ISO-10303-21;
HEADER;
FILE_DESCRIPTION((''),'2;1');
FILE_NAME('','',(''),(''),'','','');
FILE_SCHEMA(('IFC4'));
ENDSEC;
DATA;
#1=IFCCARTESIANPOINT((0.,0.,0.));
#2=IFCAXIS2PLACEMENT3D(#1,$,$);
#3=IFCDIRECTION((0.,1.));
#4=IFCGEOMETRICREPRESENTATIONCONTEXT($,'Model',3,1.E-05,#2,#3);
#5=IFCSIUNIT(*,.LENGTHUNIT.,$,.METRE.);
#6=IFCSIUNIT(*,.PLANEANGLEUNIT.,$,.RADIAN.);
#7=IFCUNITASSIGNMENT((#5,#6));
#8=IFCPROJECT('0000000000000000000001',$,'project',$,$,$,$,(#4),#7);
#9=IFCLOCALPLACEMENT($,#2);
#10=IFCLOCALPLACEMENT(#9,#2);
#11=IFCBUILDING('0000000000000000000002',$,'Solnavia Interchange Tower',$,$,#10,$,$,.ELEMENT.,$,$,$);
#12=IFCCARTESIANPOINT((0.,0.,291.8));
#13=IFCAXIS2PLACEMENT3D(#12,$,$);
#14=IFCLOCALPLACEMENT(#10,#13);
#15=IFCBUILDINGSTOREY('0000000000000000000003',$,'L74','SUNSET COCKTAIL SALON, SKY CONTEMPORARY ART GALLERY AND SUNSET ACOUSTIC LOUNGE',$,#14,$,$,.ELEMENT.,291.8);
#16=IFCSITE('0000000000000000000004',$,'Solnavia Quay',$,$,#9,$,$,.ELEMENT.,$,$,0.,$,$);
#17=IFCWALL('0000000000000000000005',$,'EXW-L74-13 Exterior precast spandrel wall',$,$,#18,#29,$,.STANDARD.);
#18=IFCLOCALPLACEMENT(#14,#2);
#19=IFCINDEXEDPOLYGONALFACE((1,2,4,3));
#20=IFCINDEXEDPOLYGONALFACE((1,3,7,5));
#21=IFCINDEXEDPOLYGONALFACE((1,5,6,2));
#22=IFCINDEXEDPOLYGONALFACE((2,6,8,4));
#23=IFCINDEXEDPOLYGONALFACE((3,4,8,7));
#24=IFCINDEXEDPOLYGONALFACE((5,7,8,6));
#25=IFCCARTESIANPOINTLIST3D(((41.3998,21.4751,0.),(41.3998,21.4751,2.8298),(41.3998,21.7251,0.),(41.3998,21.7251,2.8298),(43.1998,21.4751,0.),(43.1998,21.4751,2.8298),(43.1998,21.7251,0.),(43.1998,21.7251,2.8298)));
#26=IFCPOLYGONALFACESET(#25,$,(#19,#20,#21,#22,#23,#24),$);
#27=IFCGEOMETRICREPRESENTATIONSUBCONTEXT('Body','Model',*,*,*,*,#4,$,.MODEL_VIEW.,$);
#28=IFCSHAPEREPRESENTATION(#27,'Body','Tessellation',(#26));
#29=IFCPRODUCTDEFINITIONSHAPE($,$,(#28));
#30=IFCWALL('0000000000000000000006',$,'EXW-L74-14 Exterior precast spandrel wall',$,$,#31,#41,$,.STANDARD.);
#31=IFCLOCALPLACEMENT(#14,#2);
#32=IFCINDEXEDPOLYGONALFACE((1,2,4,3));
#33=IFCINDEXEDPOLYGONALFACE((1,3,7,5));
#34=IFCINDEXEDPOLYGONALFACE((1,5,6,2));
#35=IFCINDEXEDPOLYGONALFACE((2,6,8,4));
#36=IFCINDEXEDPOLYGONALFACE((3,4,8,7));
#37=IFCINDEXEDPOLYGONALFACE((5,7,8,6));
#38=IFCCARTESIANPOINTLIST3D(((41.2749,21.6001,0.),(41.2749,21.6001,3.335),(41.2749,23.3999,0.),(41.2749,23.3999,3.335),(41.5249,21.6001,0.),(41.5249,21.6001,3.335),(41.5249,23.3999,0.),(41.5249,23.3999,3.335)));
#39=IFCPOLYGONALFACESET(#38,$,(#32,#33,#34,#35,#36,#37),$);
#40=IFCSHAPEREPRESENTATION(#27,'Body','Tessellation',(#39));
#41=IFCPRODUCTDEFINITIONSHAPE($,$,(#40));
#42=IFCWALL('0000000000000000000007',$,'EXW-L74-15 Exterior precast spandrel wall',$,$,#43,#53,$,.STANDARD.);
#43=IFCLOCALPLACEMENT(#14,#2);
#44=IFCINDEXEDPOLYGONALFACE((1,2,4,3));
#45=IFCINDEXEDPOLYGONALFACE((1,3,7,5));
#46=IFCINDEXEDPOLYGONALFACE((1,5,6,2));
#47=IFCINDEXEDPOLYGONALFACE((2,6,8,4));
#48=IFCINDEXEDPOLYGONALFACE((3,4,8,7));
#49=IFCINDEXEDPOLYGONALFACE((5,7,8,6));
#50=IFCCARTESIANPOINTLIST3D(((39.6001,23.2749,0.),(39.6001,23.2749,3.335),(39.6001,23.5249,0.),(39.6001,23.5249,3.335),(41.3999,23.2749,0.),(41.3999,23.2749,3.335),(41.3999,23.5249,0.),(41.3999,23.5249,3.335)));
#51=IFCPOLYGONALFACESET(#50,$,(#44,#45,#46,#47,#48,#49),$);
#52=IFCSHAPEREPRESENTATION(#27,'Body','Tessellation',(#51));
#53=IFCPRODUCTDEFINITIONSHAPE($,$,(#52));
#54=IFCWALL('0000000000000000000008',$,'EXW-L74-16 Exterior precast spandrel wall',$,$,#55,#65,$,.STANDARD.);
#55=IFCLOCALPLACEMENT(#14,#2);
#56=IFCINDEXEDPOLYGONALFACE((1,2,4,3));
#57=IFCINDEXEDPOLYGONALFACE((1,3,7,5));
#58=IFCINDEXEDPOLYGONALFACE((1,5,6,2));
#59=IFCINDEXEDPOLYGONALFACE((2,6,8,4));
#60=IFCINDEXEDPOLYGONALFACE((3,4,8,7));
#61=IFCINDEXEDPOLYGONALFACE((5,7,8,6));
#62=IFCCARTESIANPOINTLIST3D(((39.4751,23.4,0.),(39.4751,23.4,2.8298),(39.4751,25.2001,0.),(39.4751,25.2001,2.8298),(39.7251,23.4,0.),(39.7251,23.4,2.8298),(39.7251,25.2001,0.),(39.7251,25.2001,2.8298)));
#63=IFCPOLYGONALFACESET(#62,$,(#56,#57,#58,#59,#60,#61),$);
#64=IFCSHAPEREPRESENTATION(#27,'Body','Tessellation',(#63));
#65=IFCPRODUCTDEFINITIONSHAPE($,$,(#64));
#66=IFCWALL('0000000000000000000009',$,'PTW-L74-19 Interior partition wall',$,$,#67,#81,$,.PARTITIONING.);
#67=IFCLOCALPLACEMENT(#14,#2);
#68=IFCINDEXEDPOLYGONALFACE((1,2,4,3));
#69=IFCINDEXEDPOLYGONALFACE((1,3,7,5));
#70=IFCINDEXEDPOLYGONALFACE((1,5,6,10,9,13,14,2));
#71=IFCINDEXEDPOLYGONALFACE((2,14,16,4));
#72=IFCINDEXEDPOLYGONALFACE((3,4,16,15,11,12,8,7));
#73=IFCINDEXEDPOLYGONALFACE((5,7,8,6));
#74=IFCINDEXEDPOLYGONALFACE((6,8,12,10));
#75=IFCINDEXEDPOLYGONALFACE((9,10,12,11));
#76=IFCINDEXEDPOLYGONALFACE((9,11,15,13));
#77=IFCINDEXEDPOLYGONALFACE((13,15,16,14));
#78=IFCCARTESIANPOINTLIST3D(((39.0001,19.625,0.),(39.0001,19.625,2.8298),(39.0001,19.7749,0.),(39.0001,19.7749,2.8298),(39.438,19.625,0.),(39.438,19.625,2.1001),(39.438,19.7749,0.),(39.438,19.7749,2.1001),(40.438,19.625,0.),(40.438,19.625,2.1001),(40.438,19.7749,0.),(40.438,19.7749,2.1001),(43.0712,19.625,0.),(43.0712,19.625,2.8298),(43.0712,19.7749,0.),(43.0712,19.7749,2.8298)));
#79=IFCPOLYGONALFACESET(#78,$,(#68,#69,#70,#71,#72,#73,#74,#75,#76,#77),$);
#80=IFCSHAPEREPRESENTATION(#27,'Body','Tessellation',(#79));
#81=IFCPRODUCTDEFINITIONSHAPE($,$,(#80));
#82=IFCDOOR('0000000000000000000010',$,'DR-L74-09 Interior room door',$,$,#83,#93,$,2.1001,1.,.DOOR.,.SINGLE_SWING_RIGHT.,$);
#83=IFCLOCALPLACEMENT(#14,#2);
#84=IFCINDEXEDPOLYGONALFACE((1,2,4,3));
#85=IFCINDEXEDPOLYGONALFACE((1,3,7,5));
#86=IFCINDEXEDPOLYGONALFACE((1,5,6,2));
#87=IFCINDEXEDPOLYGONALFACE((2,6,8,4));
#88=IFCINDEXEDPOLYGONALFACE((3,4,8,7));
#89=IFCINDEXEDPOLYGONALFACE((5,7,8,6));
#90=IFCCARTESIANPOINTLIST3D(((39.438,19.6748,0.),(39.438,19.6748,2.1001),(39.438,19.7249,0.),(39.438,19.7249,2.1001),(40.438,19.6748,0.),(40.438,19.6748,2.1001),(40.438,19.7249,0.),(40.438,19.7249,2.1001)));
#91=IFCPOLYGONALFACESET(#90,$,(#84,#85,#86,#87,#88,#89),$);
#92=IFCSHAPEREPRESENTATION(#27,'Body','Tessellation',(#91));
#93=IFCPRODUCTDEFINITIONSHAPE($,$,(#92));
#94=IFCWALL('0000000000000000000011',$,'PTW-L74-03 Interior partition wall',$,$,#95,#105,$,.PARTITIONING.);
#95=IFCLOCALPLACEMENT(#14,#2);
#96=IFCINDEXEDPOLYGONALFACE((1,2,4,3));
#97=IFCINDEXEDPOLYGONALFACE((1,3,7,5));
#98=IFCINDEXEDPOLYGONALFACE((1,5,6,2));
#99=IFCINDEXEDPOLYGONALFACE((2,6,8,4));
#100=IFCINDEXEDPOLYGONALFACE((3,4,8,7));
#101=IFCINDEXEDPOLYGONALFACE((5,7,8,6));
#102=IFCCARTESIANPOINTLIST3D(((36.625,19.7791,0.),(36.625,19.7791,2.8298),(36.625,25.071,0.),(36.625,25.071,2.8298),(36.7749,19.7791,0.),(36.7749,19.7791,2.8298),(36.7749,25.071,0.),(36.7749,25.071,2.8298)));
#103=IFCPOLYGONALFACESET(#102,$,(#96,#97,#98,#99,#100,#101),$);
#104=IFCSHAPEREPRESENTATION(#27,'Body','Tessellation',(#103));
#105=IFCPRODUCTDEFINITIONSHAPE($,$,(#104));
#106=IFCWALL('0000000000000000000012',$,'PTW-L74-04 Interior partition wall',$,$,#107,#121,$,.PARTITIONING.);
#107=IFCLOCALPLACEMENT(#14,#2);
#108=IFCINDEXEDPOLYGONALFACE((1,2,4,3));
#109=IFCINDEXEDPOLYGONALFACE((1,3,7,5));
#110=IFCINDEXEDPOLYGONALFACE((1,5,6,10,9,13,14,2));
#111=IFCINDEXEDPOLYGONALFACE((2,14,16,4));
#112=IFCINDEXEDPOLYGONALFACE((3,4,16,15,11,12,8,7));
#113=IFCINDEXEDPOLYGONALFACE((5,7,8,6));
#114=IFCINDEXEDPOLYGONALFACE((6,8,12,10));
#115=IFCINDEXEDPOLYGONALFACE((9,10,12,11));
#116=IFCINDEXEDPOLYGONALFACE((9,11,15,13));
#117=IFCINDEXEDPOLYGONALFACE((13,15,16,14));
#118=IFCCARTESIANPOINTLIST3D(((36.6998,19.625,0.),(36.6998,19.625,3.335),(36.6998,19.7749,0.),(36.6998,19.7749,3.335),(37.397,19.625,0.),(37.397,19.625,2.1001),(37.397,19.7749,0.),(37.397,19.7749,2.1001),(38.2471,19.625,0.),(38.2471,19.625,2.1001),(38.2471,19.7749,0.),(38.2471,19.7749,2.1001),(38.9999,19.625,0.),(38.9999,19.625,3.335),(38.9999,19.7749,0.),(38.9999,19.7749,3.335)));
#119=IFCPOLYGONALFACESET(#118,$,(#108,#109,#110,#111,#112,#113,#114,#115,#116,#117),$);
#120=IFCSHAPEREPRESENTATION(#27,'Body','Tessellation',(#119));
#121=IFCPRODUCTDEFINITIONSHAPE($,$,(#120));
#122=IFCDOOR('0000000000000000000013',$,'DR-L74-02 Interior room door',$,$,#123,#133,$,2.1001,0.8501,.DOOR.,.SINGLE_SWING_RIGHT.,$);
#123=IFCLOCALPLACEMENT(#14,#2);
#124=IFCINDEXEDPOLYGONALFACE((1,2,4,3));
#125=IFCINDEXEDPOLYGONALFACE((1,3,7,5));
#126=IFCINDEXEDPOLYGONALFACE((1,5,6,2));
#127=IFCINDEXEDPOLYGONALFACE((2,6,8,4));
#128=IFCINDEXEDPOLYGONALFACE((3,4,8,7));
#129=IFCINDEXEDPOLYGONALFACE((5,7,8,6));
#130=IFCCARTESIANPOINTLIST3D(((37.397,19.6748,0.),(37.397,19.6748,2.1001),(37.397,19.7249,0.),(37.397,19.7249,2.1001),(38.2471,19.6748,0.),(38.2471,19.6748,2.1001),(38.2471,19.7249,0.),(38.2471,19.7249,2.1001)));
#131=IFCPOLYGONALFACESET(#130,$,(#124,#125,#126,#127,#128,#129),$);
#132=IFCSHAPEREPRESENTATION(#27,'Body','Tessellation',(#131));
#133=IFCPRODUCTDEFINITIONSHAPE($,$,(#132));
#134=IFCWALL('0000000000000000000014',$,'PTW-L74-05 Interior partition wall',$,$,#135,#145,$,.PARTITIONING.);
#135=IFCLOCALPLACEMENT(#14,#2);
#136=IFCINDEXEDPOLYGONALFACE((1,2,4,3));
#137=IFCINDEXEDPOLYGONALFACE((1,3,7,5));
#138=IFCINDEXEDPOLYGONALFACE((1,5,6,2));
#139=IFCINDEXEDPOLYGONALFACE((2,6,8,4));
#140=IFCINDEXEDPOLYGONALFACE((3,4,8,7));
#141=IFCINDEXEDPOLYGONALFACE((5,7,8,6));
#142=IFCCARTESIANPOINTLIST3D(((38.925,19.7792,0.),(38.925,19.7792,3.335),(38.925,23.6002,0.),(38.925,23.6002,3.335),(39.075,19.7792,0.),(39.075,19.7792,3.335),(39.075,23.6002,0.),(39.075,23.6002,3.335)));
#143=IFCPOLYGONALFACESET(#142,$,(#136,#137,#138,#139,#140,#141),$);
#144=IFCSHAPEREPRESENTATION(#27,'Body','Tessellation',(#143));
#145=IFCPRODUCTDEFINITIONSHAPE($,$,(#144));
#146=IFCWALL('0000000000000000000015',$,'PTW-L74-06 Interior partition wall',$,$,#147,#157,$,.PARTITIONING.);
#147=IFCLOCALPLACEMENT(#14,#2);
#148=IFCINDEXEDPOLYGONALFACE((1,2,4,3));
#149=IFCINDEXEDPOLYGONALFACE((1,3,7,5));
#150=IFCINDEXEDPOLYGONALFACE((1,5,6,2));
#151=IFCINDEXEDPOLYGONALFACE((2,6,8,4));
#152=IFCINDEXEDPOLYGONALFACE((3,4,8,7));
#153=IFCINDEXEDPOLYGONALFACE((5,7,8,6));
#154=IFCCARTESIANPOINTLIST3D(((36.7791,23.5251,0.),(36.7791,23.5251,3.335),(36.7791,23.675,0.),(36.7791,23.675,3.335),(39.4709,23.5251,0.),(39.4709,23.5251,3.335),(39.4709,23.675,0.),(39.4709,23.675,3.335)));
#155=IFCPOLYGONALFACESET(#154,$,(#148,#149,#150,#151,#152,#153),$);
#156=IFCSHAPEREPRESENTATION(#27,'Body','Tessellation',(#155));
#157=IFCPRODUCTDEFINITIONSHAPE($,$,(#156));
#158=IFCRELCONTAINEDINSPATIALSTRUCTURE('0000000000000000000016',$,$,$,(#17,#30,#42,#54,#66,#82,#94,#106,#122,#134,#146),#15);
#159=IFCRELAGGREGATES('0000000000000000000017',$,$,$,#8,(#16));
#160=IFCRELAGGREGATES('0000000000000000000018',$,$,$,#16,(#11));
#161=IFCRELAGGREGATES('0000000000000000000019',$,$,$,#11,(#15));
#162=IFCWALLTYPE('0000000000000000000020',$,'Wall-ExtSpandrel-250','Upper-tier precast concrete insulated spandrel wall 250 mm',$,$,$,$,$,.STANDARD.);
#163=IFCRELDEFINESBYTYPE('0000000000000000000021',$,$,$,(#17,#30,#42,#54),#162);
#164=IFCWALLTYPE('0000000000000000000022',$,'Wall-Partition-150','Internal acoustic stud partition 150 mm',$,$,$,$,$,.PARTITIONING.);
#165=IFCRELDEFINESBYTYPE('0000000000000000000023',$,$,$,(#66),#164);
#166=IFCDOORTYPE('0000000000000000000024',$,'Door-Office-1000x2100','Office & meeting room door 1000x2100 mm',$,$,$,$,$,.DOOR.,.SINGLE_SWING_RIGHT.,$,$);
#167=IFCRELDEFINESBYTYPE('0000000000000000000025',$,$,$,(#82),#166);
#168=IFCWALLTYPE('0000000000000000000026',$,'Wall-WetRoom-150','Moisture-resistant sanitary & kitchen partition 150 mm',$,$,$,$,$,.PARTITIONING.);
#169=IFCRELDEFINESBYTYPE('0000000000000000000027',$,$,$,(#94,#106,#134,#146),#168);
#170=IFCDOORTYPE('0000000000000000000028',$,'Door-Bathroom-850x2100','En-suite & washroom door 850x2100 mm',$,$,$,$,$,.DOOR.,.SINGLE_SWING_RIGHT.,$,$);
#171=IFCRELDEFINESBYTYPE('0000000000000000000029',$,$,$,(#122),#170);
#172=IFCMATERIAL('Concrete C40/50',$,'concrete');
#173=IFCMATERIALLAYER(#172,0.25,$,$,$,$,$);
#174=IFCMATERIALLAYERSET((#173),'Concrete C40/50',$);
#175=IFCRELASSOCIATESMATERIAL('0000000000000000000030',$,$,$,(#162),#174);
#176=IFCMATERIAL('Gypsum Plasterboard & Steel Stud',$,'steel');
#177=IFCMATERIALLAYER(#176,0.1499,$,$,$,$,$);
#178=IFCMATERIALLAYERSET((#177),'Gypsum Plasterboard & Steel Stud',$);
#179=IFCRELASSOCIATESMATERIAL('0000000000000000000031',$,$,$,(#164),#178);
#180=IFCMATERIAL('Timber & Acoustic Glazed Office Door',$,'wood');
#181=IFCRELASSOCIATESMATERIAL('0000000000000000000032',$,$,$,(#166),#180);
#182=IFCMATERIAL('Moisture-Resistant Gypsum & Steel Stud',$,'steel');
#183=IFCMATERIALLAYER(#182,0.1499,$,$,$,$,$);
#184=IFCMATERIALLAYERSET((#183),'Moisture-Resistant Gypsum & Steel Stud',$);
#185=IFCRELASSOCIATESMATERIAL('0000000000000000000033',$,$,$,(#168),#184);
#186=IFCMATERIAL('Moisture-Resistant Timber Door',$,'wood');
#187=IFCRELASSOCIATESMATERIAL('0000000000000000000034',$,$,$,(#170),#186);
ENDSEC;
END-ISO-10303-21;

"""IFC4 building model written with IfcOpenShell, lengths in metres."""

from ifc_helpers import new_model, si_unit, direction, frame, frame_2d, origin, place, context, subcontext, project, spatial, rectangle, extrude, material, layer, layer_set, type_object, element, fill, save


model = new_model("IFC4")

# Units and contexts
model_context = context("Model", 3, precision=1e-05, world=origin(), true_north=direction((0.0, 1.0)))
body_context = subcontext(model_context, "Body", "Model", "MODEL_VIEW")
ifc_project = project(units=[si_unit("LENGTHUNIT", "METRE"), si_unit("PLANEANGLEUNIT", "RADIAN")], contexts=[model_context])

# Site, building, storey
site_placement = place(None, origin())
site = spatial("IfcSite", under=ifc_project, at=site_placement, Name="Solnavia Quay", CompositionType="ELEMENT", RefElevation=0.0)
building_placement = place(site_placement, origin())
building = spatial("IfcBuilding", under=site, at=building_placement, Name="Solnavia Interchange Tower", CompositionType="ELEMENT")
storey_placement = place(building_placement, frame((0.0, 0.0, 291.8)))
storey = spatial("IfcBuildingStorey", under=building, at=storey_placement, Name="L74", Description="SUNSET COCKTAIL SALON, SKY CONTEMPORARY ART GALLERY AND SUNSET ACOUSTIC LOUNGE", CompositionType="ELEMENT", Elevation=291.8)

# Shared definitions
ifc_material_1 = material(Name="Concrete C40/50", Category="concrete")
ifc_layer_1 = layer(ifc_material_1, 0.25)
ifc_layer_set_1 = layer_set([ifc_layer_1], Name="Concrete C40/50")
wall_type_1 = type_object("IfcWallType", Name="Wall-ExtSpandrel-250", Description="Upper-tier precast concrete insulated spandrel wall 250 mm", PredefinedType="STANDARD", material=ifc_layer_set_1)

# Walls
wall_1_placement = place(storey_placement, frame((41.3999, 21.6001, 0.0), z_axis=(0.0, 0.0, 1.0), x_axis=(1.0, 0.0, 0.0)))
element("IfcWall", 1, at=wall_1_placement, inside=storey, type_object=wall_type_1, Name="EXW-L74-13 Exterior precast spandrel wall", PredefinedType="STANDARD", context=body_context, shape_type="SweptSolid", body=[
    extrude(rectangle(XDim=1.8, YDim=0.25, at=frame_2d((0.8999, 0.0))), origin(), (0.0, 0.0, 1.0), 2.8298),
])
for number, where, z_axis, x_axis, name in (
    (2, (41.3999, 23.3999, 0.0), (0.0, 0.0, 1.0), (0.0, -1.0, 0.0), "EXW-L74-14 Exterior precast spandrel wall"),
    (3, (39.6001, 23.3999, 0.0), (0.0, 0.0, 1.0), (1.0, 0.0, 0.0), "EXW-L74-15 Exterior precast spandrel wall"),
):
    element("IfcWall", number, at=place(storey_placement, frame(where, z_axis=z_axis, x_axis=x_axis)), inside=storey, type_object=wall_type_1, Name=name, PredefinedType="STANDARD", context=body_context, shape_type="SweptSolid", body=[
        extrude(rectangle(XDim=1.7998, YDim=0.25, at=frame_2d((0.8999, 0.0))), origin(), (0.0, 0.0, 1.0), 3.335),
    ])
wall_2_placement = place(storey_placement, frame((39.6001, 25.2, 0.0), z_axis=(0.0, 0.0, 1.0), x_axis=(0.0, -1.0, 0.0)))
element("IfcWall", 4, at=wall_2_placement, inside=storey, type_object=wall_type_1, Name="EXW-L74-16 Exterior precast spandrel wall", PredefinedType="STANDARD", context=body_context, shape_type="SweptSolid", body=[
    extrude(rectangle(XDim=1.8, YDim=0.25, at=frame_2d((0.8999, 0.0))), origin(), (0.0, 0.0, 1.0), 2.8298),
])

# Wall, opening, door
ifc_material_2 = material(Name="Gypsum Plasterboard & Steel Stud", Category="steel")
ifc_layer_2 = layer(ifc_material_2, 0.1499)
ifc_layer_set_2 = layer_set([ifc_layer_2], Name="Gypsum Plasterboard & Steel Stud")
wall_type_2 = type_object("IfcWallType", Name="Wall-Partition-150", Description="Internal acoustic stud partition 150 mm", PredefinedType="PARTITIONING", material=ifc_layer_set_2)
wall_3_placement = place(storey_placement, frame((39.0, 19.7, 0.0), z_axis=(0.0, 0.0, 1.0), x_axis=(1.0, 0.0, 0.0)))
wall_3 = element("IfcWall", 5, at=wall_3_placement, inside=storey, type_object=wall_type_2, Name="PTW-L74-19 Interior partition wall", PredefinedType="PARTITIONING", context=body_context, shape_type="SweptSolid", body=[
    extrude(rectangle(XDim=4.071, YDim=0.1499, at=frame_2d((2.0356, 0.0))), origin(), (0.0, 0.0, 1.0), 2.8298),
])
opening_1_placement = place(wall_3_placement, frame((0.438, 0.0, 0.0)))
opening_1 = element("IfcOpeningElement", 6, at=opening_1_placement, cuts=wall_3, PredefinedType="OPENING", context=body_context, shape_type="SweptSolid", body=[
    extrude(rectangle(XDim=1.0, YDim=2.1001, at=frame_2d((0.5, 1.05))), frame((0.0, 0.085, 0.0), z_axis=(0.0, -1.0, 0.0), x_axis=(1.0, 0.0, 0.0)), (0.0, 0.0, 1.0), 0.1699),
])
ifc_material_3 = material(Name="Timber & Acoustic Glazed Office Door", Category="wood")
door_type_1 = type_object("IfcDoorType", Name="Door-Office-1000x2100", Description="Office & meeting room door 1000x2100 mm", OperationType="SINGLE_SWING_RIGHT", PredefinedType="DOOR", material=ifc_material_3)
door_1_placement = place(opening_1_placement, origin())
door_1 = element("IfcDoor", 7, at=door_1_placement, inside=storey, type_object=door_type_1, Name="DR-L74-09 Interior room door", OperationType="SINGLE_SWING_RIGHT", OverallHeight=2.1001, OverallWidth=1.0, PredefinedType="DOOR", context=body_context, shape_type="SweptSolid", body=[
    extrude(rectangle(XDim=1.0, YDim=2.1001, at=frame_2d((0.5, 1.05))), frame((0.0, 0.0249, 0.0), z_axis=(0.0, -1.0, 0.0), x_axis=(1.0, 0.0, 0.0)), (0.0, 0.0, 1.0), 0.05),
])
fill(opening_1, door_1)

# Wall
ifc_material_4 = material(Name="Moisture-Resistant Gypsum & Steel Stud", Category="steel")
ifc_layer_3 = layer(ifc_material_4, 0.1499)
ifc_layer_set_3 = layer_set([ifc_layer_3], Name="Moisture-Resistant Gypsum & Steel Stud")
wall_type_3 = type_object("IfcWallType", Name="Wall-WetRoom-150", Description="Moisture-resistant sanitary & kitchen partition 150 mm", PredefinedType="PARTITIONING", material=ifc_layer_set_3)
wall_4_placement = place(storey_placement, frame((36.7, 19.7791, 0.0), z_axis=(0.0, 0.0, 1.0), x_axis=(0.0, 1.0, 0.0)))
element("IfcWall", 8, at=wall_4_placement, inside=storey, type_object=wall_type_3, Name="PTW-L74-03 Interior partition wall", PredefinedType="PARTITIONING", context=body_context, shape_type="SweptSolid", body=[
    extrude(rectangle(XDim=5.292, YDim=0.1499, at=frame_2d((2.646, 0.0))), origin(), (0.0, 0.0, 1.0), 2.8298),
])

# Wall, opening, door
wall_5_placement = place(storey_placement, frame((36.7, 19.7, 0.0), z_axis=(0.0, 0.0, 1.0), x_axis=(1.0, 0.0, 0.0)))
wall_5 = element("IfcWall", 9, at=wall_5_placement, inside=storey, type_object=wall_type_3, Name="PTW-L74-04 Interior partition wall", PredefinedType="PARTITIONING", context=body_context, shape_type="SweptSolid", body=[
    extrude(rectangle(XDim=2.3, YDim=0.1499, at=frame_2d((1.1499, 0.0))), origin(), (0.0, 0.0, 1.0), 3.335),
])
opening_2_placement = place(wall_5_placement, frame((0.697, 0.0, 0.0)))
opening_2 = element("IfcOpeningElement", 10, at=opening_2_placement, cuts=wall_5, PredefinedType="OPENING", context=body_context, shape_type="SweptSolid", body=[
    extrude(rectangle(XDim=0.8501, YDim=2.1001, at=frame_2d((0.425, 1.05))), frame((0.0, 0.085, 0.0), z_axis=(0.0, -1.0, 0.0), x_axis=(1.0, 0.0, 0.0)), (0.0, 0.0, 1.0), 0.1699),
])
ifc_material_5 = material(Name="Moisture-Resistant Timber Door", Category="wood")
door_type_2 = type_object("IfcDoorType", Name="Door-Bathroom-850x2100", Description="En-suite & washroom door 850x2100 mm", OperationType="SINGLE_SWING_RIGHT", PredefinedType="DOOR", material=ifc_material_5)
door_2_placement = place(opening_2_placement, origin())
door_2 = element("IfcDoor", 11, at=door_2_placement, inside=storey, type_object=door_type_2, Name="DR-L74-02 Interior room door", OperationType="SINGLE_SWING_RIGHT", OverallHeight=2.1001, OverallWidth=0.8501, PredefinedType="DOOR", context=body_context, shape_type="SweptSolid", body=[
    extrude(rectangle(XDim=0.8501, YDim=2.1001, at=frame_2d((0.425, 1.05))), frame((0.0, 0.0249, 0.0), z_axis=(0.0, -1.0, 0.0), x_axis=(1.0, 0.0, 0.0)), (0.0, 0.0, 1.0), 0.05),
])
fill(opening_2, door_2)

# Walls
wall_6_placement = place(storey_placement, frame((39.0, 19.7791, 0.0), z_axis=(0.0, 0.0, 1.0), x_axis=(0.0, 1.0, 0.0)))
element("IfcWall", 12, at=wall_6_placement, inside=storey, type_object=wall_type_3, Name="PTW-L74-05 Interior partition wall", PredefinedType="PARTITIONING", context=body_context, shape_type="SweptSolid", body=[
    extrude(rectangle(XDim=3.821, YDim=0.1499, at=frame_2d((1.9106, 0.0))), origin(), (0.0, 0.0, 1.0), 3.335),
])
wall_7_placement = place(storey_placement, frame((36.7791, 23.6001, 0.0), z_axis=(0.0, 0.0, 1.0), x_axis=(1.0, 0.0, 0.0)))
element("IfcWall", 13, at=wall_7_placement, inside=storey, type_object=wall_type_3, Name="PTW-L74-06 Interior partition wall", PredefinedType="PARTITIONING", context=body_context, shape_type="SweptSolid", body=[
    extrude(rectangle(XDim=2.6919, YDim=0.1499, at=frame_2d((1.3459, 0.0))), origin(), (0.0, 0.0, 1.0), 3.335),
])

save(model, "model.ifc")
